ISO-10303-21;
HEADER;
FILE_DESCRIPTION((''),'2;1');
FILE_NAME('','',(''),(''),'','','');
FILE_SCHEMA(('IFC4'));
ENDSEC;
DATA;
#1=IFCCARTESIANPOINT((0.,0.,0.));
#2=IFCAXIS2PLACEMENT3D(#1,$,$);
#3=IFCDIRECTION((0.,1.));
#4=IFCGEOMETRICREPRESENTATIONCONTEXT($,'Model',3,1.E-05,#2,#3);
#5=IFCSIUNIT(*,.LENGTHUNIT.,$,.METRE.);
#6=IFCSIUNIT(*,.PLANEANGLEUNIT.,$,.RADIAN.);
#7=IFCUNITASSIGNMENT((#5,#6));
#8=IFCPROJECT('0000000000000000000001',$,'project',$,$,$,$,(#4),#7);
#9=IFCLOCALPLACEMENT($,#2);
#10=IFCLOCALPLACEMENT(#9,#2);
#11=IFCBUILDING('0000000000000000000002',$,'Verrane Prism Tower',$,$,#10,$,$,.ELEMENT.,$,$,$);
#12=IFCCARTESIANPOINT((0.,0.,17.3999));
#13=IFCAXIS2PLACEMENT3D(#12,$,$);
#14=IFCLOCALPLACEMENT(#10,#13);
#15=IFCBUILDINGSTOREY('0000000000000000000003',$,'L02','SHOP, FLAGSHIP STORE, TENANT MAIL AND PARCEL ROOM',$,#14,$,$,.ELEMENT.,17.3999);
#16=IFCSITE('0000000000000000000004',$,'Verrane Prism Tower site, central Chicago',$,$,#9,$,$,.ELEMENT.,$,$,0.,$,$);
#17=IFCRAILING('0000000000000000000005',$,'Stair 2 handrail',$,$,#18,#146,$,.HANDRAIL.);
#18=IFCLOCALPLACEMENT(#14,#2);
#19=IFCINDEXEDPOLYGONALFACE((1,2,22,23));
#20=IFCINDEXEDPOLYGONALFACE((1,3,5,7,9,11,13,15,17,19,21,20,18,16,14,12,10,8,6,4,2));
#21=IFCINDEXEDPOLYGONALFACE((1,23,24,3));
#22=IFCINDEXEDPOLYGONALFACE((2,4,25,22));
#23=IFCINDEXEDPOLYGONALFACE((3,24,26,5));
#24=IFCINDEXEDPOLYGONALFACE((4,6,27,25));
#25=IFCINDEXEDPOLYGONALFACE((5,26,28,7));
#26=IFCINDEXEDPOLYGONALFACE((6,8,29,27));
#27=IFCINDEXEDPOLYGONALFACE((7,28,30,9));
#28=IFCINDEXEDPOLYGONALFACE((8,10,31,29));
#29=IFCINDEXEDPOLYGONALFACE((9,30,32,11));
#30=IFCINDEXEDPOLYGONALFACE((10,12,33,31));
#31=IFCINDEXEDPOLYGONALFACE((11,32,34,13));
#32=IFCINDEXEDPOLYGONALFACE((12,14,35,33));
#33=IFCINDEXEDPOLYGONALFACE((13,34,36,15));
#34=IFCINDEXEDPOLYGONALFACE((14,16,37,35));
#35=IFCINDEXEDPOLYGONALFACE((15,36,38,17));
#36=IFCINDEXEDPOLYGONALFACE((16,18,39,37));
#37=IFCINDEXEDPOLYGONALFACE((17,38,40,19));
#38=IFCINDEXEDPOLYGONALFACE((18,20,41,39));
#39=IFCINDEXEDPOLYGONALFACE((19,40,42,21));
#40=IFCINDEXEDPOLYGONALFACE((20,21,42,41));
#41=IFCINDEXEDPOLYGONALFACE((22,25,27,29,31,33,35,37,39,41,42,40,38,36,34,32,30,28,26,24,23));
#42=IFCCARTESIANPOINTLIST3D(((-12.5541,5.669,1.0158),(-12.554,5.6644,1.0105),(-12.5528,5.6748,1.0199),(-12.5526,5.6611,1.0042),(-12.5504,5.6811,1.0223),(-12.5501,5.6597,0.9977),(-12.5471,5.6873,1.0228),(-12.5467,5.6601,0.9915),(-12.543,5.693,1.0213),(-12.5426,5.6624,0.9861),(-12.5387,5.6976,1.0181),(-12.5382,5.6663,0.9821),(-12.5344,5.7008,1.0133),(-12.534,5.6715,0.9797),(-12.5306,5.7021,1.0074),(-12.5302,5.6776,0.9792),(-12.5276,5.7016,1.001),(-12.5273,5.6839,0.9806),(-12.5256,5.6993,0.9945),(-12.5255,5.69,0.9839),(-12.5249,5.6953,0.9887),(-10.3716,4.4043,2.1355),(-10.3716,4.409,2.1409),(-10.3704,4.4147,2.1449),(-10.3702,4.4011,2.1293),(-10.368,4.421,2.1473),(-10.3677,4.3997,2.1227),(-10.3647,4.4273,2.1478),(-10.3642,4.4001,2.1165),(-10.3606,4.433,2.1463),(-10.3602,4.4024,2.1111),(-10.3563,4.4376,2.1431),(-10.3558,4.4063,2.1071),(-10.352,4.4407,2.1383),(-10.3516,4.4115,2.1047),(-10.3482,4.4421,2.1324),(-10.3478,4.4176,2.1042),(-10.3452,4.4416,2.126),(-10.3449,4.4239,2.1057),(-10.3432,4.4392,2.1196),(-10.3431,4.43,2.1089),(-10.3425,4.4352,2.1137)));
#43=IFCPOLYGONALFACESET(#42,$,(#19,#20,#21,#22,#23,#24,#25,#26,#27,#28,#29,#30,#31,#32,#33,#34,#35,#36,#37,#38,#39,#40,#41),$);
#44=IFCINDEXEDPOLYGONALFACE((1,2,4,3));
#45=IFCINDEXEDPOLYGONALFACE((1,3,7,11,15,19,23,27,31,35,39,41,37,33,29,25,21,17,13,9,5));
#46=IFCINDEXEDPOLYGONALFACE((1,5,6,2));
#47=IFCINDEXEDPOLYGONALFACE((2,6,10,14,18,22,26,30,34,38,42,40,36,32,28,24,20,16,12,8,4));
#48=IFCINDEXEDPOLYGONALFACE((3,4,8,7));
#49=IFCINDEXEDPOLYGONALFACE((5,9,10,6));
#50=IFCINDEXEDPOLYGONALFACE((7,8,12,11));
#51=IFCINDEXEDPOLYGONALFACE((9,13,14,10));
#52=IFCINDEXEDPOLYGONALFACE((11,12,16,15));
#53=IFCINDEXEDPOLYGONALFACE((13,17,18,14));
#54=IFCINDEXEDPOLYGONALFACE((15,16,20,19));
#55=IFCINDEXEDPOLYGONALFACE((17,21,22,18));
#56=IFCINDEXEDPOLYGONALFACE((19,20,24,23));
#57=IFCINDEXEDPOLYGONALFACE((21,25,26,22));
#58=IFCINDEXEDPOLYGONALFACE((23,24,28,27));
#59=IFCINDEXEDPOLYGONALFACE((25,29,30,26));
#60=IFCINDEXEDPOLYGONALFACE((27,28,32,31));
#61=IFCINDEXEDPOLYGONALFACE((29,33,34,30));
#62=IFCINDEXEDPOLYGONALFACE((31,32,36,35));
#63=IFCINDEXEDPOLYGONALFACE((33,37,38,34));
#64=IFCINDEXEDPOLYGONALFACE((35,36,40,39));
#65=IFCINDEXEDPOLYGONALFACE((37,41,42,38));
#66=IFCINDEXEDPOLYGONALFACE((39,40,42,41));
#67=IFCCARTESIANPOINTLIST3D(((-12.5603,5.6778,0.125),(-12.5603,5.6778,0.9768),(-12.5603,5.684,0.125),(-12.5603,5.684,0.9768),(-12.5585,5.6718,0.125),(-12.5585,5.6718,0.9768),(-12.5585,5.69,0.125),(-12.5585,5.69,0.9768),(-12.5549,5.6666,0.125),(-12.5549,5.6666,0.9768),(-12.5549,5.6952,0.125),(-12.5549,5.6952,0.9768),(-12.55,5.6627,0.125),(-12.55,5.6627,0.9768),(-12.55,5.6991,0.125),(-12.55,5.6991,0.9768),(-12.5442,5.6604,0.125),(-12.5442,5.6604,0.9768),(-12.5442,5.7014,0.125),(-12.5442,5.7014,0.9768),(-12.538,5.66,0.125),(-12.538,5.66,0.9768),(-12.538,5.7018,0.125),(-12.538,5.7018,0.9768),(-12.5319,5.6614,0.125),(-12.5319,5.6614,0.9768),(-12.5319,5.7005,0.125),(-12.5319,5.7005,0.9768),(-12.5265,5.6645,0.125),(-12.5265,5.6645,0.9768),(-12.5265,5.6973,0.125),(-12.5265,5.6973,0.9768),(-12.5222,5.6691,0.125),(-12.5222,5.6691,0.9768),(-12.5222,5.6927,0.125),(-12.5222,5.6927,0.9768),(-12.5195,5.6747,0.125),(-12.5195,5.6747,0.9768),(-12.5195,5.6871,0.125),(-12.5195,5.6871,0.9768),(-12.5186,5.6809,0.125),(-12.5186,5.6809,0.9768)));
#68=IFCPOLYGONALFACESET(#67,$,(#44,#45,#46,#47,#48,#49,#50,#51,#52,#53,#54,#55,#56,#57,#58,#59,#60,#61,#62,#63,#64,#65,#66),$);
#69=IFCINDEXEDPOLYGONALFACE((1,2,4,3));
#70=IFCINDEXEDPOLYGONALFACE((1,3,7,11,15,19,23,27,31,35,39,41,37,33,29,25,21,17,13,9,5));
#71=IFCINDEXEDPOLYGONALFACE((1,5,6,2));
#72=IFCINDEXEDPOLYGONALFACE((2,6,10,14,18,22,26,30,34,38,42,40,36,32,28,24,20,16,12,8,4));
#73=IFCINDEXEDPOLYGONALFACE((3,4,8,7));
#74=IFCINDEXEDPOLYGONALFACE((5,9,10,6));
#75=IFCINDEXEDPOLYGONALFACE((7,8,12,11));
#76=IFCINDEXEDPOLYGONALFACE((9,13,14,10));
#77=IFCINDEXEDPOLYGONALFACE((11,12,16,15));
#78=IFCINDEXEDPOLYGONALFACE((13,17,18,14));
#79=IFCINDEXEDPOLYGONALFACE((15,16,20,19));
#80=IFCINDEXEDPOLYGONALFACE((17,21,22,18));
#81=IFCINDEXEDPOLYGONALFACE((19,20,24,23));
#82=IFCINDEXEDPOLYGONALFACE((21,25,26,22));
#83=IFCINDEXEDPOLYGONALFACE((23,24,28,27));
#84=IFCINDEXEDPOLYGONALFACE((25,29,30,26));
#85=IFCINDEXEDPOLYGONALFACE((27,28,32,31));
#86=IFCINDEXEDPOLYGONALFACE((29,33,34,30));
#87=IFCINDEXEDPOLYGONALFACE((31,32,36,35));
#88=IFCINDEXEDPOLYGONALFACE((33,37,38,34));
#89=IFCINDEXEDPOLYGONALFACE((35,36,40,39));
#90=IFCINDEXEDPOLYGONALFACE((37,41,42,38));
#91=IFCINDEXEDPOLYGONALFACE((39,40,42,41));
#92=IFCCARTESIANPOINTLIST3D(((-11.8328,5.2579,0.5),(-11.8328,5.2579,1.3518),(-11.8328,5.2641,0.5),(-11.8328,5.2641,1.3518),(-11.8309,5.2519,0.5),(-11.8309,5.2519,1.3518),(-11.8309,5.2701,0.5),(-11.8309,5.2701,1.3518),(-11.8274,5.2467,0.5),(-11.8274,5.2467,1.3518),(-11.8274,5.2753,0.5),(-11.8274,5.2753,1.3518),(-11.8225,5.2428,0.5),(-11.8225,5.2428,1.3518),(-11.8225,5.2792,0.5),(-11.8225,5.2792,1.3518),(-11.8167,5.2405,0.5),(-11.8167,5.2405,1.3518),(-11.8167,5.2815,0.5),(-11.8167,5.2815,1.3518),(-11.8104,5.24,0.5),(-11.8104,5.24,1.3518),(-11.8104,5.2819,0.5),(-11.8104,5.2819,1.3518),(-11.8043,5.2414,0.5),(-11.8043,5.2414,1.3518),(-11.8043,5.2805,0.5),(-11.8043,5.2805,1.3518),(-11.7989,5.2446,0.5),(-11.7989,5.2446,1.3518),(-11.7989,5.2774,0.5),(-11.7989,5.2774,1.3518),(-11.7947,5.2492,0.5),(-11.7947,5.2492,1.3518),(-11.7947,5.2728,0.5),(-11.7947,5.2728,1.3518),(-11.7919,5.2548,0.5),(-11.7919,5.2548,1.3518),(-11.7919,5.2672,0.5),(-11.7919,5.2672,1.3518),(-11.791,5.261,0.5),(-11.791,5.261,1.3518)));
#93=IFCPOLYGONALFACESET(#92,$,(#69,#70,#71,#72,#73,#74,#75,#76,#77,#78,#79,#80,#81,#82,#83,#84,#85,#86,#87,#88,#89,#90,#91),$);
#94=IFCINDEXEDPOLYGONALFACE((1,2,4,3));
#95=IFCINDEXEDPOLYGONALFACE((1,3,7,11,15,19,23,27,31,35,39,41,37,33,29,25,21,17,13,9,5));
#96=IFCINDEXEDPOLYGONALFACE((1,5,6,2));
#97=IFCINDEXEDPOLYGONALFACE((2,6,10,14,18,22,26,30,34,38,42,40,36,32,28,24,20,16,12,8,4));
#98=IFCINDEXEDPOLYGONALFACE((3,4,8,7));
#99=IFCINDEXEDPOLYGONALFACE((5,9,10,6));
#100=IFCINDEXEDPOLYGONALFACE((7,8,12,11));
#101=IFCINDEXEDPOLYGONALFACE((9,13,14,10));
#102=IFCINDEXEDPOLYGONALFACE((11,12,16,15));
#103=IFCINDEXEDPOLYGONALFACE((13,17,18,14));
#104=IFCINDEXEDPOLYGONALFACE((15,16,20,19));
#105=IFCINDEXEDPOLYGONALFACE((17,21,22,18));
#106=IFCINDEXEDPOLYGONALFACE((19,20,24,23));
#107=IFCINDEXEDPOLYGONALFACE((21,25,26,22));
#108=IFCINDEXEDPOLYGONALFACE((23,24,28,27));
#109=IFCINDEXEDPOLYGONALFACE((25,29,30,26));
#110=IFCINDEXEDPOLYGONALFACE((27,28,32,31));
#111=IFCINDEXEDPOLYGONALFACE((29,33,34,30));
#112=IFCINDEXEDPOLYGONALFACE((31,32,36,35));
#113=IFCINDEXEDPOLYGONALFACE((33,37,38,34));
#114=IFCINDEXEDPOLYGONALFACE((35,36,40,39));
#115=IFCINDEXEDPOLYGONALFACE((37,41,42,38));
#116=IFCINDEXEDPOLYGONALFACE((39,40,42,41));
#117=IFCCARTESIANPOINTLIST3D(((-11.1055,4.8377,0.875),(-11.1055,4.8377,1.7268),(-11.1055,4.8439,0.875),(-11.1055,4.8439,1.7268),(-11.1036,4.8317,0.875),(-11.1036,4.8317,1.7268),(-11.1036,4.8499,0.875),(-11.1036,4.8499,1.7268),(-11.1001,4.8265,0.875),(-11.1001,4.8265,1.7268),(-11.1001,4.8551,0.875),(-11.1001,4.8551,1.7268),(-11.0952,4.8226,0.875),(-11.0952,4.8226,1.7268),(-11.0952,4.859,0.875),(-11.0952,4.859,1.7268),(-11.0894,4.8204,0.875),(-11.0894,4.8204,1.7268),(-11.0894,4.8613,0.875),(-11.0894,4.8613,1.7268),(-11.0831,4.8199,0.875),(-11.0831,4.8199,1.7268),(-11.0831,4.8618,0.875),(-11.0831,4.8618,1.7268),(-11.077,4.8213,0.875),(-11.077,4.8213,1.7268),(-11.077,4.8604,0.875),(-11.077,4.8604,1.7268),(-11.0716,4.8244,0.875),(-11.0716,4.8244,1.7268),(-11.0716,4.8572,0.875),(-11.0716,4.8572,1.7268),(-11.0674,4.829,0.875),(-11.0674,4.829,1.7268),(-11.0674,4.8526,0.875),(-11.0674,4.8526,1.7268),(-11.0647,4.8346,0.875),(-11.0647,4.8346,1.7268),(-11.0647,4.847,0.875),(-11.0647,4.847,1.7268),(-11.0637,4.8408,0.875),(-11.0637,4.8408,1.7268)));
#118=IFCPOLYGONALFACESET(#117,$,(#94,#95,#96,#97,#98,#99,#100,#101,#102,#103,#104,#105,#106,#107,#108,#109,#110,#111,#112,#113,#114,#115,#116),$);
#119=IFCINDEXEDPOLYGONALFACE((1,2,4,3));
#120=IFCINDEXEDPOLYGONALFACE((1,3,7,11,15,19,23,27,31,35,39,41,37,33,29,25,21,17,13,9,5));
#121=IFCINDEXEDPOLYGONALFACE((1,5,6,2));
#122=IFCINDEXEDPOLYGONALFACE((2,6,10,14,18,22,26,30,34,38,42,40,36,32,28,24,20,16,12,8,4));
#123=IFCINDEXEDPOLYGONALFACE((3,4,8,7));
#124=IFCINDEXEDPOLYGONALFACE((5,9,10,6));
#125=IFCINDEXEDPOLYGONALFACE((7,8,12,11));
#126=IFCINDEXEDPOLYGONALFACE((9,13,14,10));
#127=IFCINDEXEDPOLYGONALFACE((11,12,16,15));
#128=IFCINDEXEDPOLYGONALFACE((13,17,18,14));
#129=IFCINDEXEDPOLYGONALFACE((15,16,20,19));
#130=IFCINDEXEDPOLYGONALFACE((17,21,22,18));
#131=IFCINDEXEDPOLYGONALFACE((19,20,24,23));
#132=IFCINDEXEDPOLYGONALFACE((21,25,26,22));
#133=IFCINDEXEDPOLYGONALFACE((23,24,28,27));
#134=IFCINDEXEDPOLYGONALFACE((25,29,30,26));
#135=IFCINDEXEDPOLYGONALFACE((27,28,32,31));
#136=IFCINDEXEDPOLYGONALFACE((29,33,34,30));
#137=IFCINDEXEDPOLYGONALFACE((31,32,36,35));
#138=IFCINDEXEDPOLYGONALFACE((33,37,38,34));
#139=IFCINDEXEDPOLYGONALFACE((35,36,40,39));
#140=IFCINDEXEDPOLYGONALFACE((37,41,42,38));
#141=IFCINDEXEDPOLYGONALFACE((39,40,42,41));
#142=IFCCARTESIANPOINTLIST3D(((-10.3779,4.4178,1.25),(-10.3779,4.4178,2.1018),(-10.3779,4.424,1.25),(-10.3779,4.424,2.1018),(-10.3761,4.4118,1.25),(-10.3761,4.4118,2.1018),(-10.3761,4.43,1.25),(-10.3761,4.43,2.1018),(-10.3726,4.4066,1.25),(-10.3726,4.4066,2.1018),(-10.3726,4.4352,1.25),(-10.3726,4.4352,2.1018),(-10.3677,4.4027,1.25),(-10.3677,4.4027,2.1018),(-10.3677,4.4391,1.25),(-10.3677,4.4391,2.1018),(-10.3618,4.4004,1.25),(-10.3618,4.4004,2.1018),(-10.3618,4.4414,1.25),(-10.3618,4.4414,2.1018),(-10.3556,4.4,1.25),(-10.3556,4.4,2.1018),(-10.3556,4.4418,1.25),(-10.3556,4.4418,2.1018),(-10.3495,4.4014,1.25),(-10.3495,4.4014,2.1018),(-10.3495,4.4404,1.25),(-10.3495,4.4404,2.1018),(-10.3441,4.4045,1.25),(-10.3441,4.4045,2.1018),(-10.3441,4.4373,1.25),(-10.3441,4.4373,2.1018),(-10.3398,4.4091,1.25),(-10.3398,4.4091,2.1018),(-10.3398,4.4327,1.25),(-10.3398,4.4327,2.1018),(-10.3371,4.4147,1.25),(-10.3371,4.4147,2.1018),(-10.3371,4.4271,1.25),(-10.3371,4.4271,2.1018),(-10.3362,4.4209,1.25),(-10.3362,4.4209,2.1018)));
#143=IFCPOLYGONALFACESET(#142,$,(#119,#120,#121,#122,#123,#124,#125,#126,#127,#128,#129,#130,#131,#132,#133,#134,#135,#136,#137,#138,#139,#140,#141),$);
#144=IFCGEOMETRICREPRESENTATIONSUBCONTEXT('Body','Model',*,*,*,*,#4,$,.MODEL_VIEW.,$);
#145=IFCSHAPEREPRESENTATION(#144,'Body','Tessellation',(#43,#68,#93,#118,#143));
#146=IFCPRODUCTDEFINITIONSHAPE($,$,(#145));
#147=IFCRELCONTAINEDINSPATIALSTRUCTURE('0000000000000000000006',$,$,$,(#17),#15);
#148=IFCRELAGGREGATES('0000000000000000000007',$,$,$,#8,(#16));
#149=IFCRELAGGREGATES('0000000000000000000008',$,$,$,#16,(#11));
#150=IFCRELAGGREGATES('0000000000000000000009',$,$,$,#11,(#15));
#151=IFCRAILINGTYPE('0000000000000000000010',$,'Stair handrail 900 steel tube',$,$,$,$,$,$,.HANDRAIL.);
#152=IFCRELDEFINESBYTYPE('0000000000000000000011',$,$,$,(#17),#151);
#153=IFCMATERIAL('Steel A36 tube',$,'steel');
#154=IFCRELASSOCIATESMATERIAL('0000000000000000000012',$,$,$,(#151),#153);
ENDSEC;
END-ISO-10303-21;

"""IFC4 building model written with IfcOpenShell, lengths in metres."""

from ifc_helpers import new_model, si_unit, direction, frame, origin, origin_2d, place, context, subcontext, project, spatial, circle, extrude, material, type_object, element, save


model = new_model("IFC4")

# Units and contexts
model_context = context("Model", 3, precision=1e-05, world=origin(), true_north=direction((0.0, 1.0)))
body_context = subcontext(model_context, "Body", "Model", "MODEL_VIEW")
ifc_project = project(units=[si_unit("LENGTHUNIT", "METRE"), si_unit("PLANEANGLEUNIT", "RADIAN")], contexts=[model_context])

# Site, building, storey
site_placement = place(None, origin())
site = spatial("IfcSite", under=ifc_project, at=site_placement, Name="Verrane Prism Tower site, central Chicago", CompositionType="ELEMENT", RefElevation=0.0)
building_placement = place(site_placement, origin())
building = spatial("IfcBuilding", under=site, at=building_placement, Name="Verrane Prism Tower", CompositionType="ELEMENT")
storey_placement = place(building_placement, frame((0.0, 0.0, 17.3999)))
storey = spatial("IfcBuildingStorey", under=building, at=storey_placement, Name="L02", Description="SHOP, FLAGSHIP STORE, TENANT MAIL AND PARCEL ROOM", CompositionType="ELEMENT", Elevation=17.3999)

# Railing
ifc_material_1 = material(Name="Steel A36 tube", Category="steel")
railing_type_1 = type_object("IfcRailingType", Name="Stair handrail 900 steel tube", PredefinedType="HANDRAIL", material=ifc_material_1)
railing_1_placement = place(storey_placement, frame((-12.5396, 5.6809, 0.125)))
element("IfcRailing", 1, at=railing_1_placement, inside=storey, type_object=railing_type_1, Name="Stair 2 handrail", PredefinedType="HANDRAIL", context=body_context, shape_type="SweptSolid", body=[
    extrude(circle(Radius=0.0239, at=origin_2d()), frame((0.0, 0.0, 0.876), z_axis=(0.790798, -0.456573, 0.407651), x_axis=(0.500005, 0.866023, 0.0)), (0.0, 0.0, 1.0), 2.7598),
    extrude(circle(Radius=0.021, at=origin_2d()), origin(), (0.0, 0.0, 1.0), 0.8518),
    extrude(circle(Radius=0.021, at=origin_2d()), frame((0.7275, -0.4199, 0.375)), (0.0, 0.0, 1.0), 0.8518),
    extrude(circle(Radius=0.021, at=origin_2d()), frame((1.4548, -0.8401, 0.75)), (0.0, 0.0, 1.0), 0.8518),
    extrude(circle(Radius=0.021, at=origin_2d()), frame((2.1824, -1.26, 1.125)), (0.0, 0.0, 1.0), 0.8518),
])

save(model, "model.ifc")
